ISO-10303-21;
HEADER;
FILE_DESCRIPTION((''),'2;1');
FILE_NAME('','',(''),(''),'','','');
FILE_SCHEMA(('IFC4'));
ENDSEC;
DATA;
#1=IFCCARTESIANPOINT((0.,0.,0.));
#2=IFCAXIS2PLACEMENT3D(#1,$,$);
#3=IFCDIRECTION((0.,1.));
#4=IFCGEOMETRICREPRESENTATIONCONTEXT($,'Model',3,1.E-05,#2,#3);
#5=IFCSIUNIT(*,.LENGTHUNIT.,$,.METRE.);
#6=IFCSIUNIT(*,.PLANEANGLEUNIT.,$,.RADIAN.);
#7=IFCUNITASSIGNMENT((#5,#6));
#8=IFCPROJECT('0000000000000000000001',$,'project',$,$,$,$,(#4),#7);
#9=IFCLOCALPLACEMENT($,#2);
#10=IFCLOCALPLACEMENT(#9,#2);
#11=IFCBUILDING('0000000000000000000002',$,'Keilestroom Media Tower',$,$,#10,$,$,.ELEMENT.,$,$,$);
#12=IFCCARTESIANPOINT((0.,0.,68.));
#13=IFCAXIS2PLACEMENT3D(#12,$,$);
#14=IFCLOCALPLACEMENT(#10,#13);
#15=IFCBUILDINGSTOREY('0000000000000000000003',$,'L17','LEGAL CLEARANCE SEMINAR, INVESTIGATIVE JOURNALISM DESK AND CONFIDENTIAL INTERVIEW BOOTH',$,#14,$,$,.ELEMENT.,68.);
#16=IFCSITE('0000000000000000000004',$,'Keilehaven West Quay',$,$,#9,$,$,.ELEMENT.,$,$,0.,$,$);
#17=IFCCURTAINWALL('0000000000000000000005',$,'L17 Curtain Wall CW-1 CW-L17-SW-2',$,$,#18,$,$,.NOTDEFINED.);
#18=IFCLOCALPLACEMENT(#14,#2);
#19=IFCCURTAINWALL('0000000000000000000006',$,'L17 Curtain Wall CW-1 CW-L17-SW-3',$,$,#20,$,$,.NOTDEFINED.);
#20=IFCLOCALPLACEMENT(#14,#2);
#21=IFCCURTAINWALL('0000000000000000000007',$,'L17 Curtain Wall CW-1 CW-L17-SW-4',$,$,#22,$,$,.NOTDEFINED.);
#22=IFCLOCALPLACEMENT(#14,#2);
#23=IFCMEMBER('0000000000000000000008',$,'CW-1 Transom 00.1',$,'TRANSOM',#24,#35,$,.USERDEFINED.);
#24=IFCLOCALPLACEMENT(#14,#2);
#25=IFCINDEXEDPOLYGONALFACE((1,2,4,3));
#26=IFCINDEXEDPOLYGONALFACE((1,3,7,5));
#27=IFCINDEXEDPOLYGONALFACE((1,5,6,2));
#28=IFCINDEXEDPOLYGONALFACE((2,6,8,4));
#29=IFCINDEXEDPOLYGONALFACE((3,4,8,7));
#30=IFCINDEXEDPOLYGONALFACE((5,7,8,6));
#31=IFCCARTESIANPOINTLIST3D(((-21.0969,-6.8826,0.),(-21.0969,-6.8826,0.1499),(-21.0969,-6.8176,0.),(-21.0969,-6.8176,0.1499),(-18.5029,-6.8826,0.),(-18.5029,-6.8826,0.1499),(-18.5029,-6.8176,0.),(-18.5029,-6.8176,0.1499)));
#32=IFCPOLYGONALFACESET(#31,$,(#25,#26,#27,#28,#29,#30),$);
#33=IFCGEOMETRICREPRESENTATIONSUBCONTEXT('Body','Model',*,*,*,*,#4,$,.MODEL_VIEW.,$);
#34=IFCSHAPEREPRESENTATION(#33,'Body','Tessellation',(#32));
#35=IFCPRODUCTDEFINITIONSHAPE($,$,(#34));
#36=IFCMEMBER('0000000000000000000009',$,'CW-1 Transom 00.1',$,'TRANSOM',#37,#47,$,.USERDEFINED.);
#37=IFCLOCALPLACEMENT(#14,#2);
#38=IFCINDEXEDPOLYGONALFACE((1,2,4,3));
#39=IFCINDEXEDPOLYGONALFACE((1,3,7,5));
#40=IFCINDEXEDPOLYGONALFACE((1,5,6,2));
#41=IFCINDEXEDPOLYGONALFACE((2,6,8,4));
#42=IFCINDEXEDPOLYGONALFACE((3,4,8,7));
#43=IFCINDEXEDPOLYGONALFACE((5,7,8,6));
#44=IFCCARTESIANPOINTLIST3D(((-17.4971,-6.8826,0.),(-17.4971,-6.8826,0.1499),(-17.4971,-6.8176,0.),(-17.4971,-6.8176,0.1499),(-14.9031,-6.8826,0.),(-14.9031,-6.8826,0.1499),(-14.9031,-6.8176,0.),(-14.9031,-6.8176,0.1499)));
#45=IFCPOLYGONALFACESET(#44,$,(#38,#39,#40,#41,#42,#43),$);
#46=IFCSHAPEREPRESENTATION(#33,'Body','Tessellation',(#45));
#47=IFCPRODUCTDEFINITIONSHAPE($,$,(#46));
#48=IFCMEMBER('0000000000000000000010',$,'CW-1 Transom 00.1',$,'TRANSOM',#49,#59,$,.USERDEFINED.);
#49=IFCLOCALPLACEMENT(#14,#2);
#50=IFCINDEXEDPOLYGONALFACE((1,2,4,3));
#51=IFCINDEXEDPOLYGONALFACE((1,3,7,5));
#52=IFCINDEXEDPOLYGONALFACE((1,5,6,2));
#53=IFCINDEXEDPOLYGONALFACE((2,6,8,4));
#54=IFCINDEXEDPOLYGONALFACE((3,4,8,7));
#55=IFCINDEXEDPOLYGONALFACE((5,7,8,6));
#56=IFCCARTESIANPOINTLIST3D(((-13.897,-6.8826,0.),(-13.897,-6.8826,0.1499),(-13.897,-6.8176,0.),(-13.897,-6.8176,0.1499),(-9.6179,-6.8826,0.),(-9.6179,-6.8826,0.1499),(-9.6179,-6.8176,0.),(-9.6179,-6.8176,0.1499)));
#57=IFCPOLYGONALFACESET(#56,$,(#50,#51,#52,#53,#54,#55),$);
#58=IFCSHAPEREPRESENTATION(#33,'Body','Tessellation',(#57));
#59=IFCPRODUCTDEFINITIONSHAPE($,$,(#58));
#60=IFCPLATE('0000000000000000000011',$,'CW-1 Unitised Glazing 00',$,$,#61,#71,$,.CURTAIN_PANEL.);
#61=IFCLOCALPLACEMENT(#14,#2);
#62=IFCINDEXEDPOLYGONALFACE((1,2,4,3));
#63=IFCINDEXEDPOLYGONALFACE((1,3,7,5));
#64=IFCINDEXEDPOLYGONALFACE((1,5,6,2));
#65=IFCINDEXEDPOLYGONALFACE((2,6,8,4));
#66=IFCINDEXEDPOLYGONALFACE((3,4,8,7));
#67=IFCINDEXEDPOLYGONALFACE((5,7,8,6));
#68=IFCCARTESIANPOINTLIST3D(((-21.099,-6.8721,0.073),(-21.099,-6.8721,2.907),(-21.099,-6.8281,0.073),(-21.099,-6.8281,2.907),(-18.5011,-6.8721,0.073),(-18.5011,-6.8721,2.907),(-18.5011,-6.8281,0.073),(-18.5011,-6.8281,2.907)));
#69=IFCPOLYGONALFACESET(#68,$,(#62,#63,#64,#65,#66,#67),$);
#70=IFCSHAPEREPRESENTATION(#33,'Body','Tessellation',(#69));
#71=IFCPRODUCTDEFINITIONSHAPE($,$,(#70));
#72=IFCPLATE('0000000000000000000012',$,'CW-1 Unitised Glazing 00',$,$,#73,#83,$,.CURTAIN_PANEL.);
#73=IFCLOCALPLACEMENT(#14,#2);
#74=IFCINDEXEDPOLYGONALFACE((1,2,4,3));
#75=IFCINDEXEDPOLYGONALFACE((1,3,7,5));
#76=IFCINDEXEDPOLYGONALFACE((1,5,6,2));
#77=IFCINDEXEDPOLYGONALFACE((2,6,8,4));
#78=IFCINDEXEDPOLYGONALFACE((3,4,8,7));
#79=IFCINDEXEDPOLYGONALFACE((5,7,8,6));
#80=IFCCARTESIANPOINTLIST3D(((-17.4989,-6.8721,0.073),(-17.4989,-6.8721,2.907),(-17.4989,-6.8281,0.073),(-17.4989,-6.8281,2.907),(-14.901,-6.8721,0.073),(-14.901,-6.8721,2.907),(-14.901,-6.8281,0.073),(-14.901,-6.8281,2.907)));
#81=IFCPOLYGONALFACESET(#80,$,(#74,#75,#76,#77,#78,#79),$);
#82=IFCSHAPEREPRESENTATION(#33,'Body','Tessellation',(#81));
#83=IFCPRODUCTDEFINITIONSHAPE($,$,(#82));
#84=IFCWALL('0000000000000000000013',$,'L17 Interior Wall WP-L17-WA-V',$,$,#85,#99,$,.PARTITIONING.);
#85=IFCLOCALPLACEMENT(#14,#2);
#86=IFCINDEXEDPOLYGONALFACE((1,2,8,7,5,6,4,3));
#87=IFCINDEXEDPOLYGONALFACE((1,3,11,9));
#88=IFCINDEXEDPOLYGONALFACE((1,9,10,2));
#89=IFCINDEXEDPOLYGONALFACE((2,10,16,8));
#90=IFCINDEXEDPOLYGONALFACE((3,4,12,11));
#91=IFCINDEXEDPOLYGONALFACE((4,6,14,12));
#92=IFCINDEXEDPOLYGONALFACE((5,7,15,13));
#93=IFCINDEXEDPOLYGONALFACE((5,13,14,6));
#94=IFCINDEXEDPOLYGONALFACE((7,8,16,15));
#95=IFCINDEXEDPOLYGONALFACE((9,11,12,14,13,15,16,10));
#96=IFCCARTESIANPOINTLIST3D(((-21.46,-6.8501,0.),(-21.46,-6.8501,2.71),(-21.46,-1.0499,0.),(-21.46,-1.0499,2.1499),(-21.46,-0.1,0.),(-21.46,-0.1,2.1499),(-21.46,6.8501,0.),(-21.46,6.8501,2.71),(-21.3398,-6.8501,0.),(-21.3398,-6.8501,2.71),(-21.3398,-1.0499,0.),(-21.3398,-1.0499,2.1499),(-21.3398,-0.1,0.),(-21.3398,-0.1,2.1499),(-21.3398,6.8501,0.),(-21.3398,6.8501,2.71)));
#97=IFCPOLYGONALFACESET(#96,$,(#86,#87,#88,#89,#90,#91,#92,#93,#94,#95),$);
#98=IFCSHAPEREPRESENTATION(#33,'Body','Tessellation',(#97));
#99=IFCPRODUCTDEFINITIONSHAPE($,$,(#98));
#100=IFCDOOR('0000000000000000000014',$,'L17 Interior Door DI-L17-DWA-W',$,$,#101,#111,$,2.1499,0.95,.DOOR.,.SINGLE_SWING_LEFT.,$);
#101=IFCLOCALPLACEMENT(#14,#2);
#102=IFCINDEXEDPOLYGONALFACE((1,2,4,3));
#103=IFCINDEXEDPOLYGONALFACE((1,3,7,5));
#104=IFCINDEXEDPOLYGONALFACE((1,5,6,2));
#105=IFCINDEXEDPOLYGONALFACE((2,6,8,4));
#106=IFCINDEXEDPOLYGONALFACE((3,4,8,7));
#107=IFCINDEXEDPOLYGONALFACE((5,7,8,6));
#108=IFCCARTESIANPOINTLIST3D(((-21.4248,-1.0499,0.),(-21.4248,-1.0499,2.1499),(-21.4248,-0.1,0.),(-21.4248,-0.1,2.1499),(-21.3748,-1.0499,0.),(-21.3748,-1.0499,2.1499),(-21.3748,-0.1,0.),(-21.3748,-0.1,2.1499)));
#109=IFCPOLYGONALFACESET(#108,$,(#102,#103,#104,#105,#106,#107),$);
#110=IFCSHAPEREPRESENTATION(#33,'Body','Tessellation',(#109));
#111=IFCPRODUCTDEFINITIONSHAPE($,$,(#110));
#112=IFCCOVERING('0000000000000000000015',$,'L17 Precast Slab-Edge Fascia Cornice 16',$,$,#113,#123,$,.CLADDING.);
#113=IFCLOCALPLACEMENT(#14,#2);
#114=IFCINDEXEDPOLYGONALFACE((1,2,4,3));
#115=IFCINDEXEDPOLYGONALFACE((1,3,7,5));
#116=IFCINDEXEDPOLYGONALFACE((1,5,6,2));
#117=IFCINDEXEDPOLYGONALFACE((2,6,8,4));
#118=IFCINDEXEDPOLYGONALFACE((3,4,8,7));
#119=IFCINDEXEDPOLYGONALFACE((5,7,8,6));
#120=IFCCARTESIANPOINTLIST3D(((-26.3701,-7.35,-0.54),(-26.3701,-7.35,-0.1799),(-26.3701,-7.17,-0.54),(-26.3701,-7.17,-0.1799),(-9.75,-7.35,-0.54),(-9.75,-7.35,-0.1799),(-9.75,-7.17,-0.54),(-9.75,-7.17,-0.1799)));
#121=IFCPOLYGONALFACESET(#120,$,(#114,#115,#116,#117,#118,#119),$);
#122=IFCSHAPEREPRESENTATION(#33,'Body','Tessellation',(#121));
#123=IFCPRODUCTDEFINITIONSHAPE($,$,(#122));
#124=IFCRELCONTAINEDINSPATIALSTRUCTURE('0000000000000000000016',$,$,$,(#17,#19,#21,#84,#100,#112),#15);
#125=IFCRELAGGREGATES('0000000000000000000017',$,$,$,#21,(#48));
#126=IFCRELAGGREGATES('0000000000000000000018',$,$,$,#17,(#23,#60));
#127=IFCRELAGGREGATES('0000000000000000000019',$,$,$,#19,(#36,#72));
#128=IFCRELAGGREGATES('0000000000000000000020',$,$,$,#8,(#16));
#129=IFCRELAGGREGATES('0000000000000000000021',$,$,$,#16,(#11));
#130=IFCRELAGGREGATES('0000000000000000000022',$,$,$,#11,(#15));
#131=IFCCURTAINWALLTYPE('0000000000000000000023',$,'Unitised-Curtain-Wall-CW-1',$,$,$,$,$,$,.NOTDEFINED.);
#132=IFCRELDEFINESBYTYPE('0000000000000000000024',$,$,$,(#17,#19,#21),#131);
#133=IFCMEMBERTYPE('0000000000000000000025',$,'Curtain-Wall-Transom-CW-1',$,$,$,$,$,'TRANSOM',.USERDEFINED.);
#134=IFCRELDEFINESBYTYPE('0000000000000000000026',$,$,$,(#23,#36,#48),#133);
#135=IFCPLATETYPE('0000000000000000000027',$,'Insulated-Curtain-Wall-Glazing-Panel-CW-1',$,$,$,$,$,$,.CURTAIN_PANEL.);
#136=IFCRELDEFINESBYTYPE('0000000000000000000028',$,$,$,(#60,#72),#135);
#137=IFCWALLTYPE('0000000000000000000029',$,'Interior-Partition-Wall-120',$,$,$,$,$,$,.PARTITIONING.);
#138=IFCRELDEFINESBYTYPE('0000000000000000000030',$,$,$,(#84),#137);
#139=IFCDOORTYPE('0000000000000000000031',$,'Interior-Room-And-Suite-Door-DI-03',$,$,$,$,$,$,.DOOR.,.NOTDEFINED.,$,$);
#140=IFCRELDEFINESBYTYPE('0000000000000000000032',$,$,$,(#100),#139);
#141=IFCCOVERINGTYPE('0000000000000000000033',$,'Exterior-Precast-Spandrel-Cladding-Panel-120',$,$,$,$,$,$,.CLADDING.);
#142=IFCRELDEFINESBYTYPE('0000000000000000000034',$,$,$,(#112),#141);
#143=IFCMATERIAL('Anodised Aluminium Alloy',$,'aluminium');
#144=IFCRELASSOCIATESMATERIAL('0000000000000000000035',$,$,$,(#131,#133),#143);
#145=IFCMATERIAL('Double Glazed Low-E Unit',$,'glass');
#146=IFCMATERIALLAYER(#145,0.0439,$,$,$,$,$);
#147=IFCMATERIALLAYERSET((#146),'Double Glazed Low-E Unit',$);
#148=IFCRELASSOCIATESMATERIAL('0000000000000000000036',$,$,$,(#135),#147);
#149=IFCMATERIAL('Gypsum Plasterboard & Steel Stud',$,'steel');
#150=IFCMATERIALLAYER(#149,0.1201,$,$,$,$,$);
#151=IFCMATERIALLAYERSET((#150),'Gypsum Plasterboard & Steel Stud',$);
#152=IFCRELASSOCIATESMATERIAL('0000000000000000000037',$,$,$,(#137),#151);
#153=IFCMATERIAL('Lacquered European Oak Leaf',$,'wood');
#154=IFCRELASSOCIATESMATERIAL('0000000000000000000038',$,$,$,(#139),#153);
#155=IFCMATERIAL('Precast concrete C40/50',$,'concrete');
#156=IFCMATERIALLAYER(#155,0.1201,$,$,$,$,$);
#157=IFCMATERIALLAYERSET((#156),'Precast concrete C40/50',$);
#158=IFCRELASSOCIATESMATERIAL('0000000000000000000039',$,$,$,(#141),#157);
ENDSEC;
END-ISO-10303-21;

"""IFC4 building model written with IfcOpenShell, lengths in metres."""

from ifc_helpers import new_model, si_unit, direction, frame, frame_2d, origin, origin_2d, place, context, subcontext, project, spatial, rectangle, extrude, source, transform, mapped, material, layer, layer_set, material_profile, profile_set, type_object, element, fill, aggregate, save


model = new_model("IFC4")

# Units and contexts
model_context = context("Model", 3, precision=1e-05, world=origin(), true_north=direction((0.0, 1.0)))
body_context = subcontext(model_context, "Body", "Model", "MODEL_VIEW")
ifc_project = project(units=[si_unit("LENGTHUNIT", "METRE"), si_unit("PLANEANGLEUNIT", "RADIAN")], contexts=[model_context])

# Site, building, storey
site_placement = place(None, origin())
site = spatial("IfcSite", under=ifc_project, at=site_placement, Name="Keilehaven West Quay", CompositionType="ELEMENT", RefElevation=0.0)
building_placement = place(site_placement, origin())
building = spatial("IfcBuilding", under=site, at=building_placement, Name="Keilestroom Media Tower", CompositionType="ELEMENT")
storey_placement = place(building_placement, frame((0.0, 0.0, 68.0)))
storey = spatial("IfcBuildingStorey", under=building, at=storey_placement, Name="L17", Description="LEGAL CLEARANCE SEMINAR, INVESTIGATIVE JOURNALISM DESK AND CONFIDENTIAL INTERVIEW BOOTH", CompositionType="ELEMENT", Elevation=68.0)

# Shared definitions
ifc_material_1 = material(Name="Precast concrete C40/50", Category="concrete")

# Curtain walls
ifc_material_2 = material(Name="Anodised Aluminium Alloy", Category="aluminium")
curtain_wall_type = type_object("IfcCurtainWallType", Name="Unitised-Curtain-Wall-CW-1", PredefinedType="NOTDEFINED", material=ifc_material_2)
curtain_wall_1_placement = place(storey_placement, origin())
curtain_wall_1 = element("IfcCurtainWall", 1, at=curtain_wall_1_placement, inside=storey, type_object=curtain_wall_type, Name="L17 Curtain Wall CW-1 CW-L17-SW-2", PredefinedType="NOTDEFINED")
curtain_wall_2_placement = place(storey_placement, origin())
curtain_wall_2 = element("IfcCurtainWall", 2, at=curtain_wall_2_placement, inside=storey, type_object=curtain_wall_type, Name="L17 Curtain Wall CW-1 CW-L17-SW-3", PredefinedType="NOTDEFINED")

# Curtain wall
curtain_wall_3_placement = place(storey_placement, origin())
curtain_wall_3 = element("IfcCurtainWall", 3, at=curtain_wall_3_placement, inside=storey, type_object=curtain_wall_type, Name="L17 Curtain Wall CW-1 CW-L17-SW-4", PredefinedType="NOTDEFINED")

# Members
ifc_material_profile_1 = material_profile(ifc_material_2, rectangle(XDim=0.0649, YDim=0.1499, at=origin_2d()), Name="ALU TRANSOM 65x150")
ifc_profile_set_1 = profile_set([ifc_material_profile_1], Name="Anodised Aluminium Alloy")
member_type_1 = type_object("IfcMemberType", Name="Curtain-Wall-Transom-CW-1", ElementType="TRANSOM", PredefinedType="USERDEFINED", material=ifc_profile_set_1)
shared_shape_1 = source(origin(), body_context, "Body", "SweptSolid", [
    extrude(rectangle(XDim=0.0649, YDim=0.1499, at=origin_2d()), origin(), (0.0, 0.0, 1.0), 2.594),
])
member_1_placement = place(storey_placement, frame((-21.0969, -6.8501, 0.075), z_axis=(1.0, 0.0, 0.0), x_axis=(0.0, 1.0, 0.0)))
member_1 = element("IfcMember", 4, at=member_1_placement, type_object=member_type_1, Name="CW-1 Transom 00.1", ObjectType="TRANSOM", PredefinedType="USERDEFINED", context=body_context, shape_type="MappedRepresentation", body=[
    mapped(shared_shape_1, transform((0.0, 0.0, 0.0), x_axis=(1.0, 0.0, 0.0), y_axis=(0.0, 1.0, 0.0), z_axis=(0.0, 0.0, 1.0), scale=1.0)),
])
member_2_placement = place(storey_placement, frame((-17.4971, -6.8501, 0.075), z_axis=(1.0, 0.0, 0.0), x_axis=(0.0, 1.0, 0.0)))
member_2 = element("IfcMember", 5, at=member_2_placement, type_object=member_type_1, Name="CW-1 Transom 00.1", ObjectType="TRANSOM", PredefinedType="USERDEFINED", context=body_context, shape_type="MappedRepresentation", body=[
    mapped(shared_shape_1, transform((0.0, 0.0, 0.0), x_axis=(1.0, 0.0, 0.0), y_axis=(0.0, 1.0, 0.0), z_axis=(0.0, 0.0, 1.0), scale=1.0)),
])
shared_shape_2 = source(origin(), body_context, "Body", "SweptSolid", [
    extrude(rectangle(XDim=0.0649, YDim=0.1499, at=origin_2d()), origin(), (0.0, 0.0, 1.0), 4.2791),
])
member_3_placement = place(storey_placement, frame((-13.897, -6.8501, 0.075), z_axis=(1.0, 0.0, 0.0), x_axis=(0.0, 1.0, 0.0)))
member_3 = element("IfcMember", 6, at=member_3_placement, type_object=member_type_1, Name="CW-1 Transom 00.1", ObjectType="TRANSOM", PredefinedType="USERDEFINED", context=body_context, shape_type="MappedRepresentation", body=[
    mapped(shared_shape_2, transform((0.0, 0.0, 0.0), x_axis=(1.0, 0.0, 0.0), y_axis=(0.0, 1.0, 0.0), z_axis=(0.0, 0.0, 1.0), scale=1.0)),
])
aggregate(curtain_wall_3, [member_3])

# Plates
ifc_material_3 = material(Name="Double Glazed Low-E Unit", Category="glass")
ifc_layer_1 = layer(ifc_material_3, 0.0439)
ifc_layer_set_1 = layer_set([ifc_layer_1], Name="Double Glazed Low-E Unit")
plate_type = type_object("IfcPlateType", Name="Insulated-Curtain-Wall-Glazing-Panel-CW-1", PredefinedType="CURTAIN_PANEL", material=ifc_layer_set_1)
shared_shape_3 = source(origin(), body_context, "Body", "SweptSolid", [
    extrude(rectangle(XDim=2.5979, YDim=0.0439, at=origin_2d()), origin(), (0.0, 0.0, 1.0), 2.834),
])
plate_1_placement = place(storey_placement, frame((-19.8, -6.8501, 0.073), z_axis=(0.0, 0.0, 1.0), x_axis=(1.0, 0.0, 0.0)))
plate_1 = element("IfcPlate", 7, at=plate_1_placement, type_object=plate_type, Name="CW-1 Unitised Glazing 00", PredefinedType="CURTAIN_PANEL", context=body_context, shape_type="MappedRepresentation", body=[
    mapped(shared_shape_3, transform((0.0, 0.0, 0.0), x_axis=(1.0, 0.0, 0.0), y_axis=(0.0, 1.0, 0.0), z_axis=(0.0, 0.0, 1.0), scale=1.0)),
])
aggregate(curtain_wall_1, [member_1, plate_1])
plate_2_placement = place(storey_placement, frame((-16.2, -6.8501, 0.073), z_axis=(0.0, 0.0, 1.0), x_axis=(1.0, 0.0, 0.0)))
plate_2 = element("IfcPlate", 8, at=plate_2_placement, type_object=plate_type, Name="CW-1 Unitised Glazing 00", PredefinedType="CURTAIN_PANEL", context=body_context, shape_type="MappedRepresentation", body=[
    mapped(shared_shape_3, transform((0.0, 0.0, 0.0), x_axis=(1.0, 0.0, 0.0), y_axis=(0.0, 1.0, 0.0), z_axis=(0.0, 0.0, 1.0), scale=1.0)),
])
aggregate(curtain_wall_2, [member_2, plate_2])

# Wall, opening, door
ifc_material_4 = material(Name="Gypsum Plasterboard & Steel Stud", Category="steel")
ifc_layer_2 = layer(ifc_material_4, 0.1201)
ifc_layer_set_2 = layer_set([ifc_layer_2], Name="Gypsum Plasterboard & Steel Stud")
wall_type = type_object("IfcWallType", Name="Interior-Partition-Wall-120", PredefinedType="PARTITIONING", material=ifc_layer_set_2)
wall_placement = place(storey_placement, frame((-21.3999, -6.8501, 0.0), z_axis=(0.0, 0.0, 1.0), x_axis=(0.0, 1.0, 0.0)))
wall = element("IfcWall", 9, at=wall_placement, inside=storey, type_object=wall_type, Name="L17 Interior Wall WP-L17-WA-V", PredefinedType="PARTITIONING", context=body_context, shape_type="SweptSolid", body=[
    extrude(rectangle(XDim=13.7002, YDim=0.1201, at=frame_2d((6.8501, 0.0))), origin(), (0.0, 0.0, 1.0), 2.71),
])
opening_placement = place(wall_placement, frame((5.8, 0.0, 0.0)))
opening = element("IfcOpeningElement", 10, at=opening_placement, cuts=wall, PredefinedType="OPENING", context=body_context, shape_type="SweptSolid", body=[
    extrude(rectangle(XDim=0.95, YDim=2.1499, at=frame_2d((0.4751, 1.075))), frame((0.0, 0.0701, 0.0), z_axis=(0.0, -1.0, 0.0), x_axis=(1.0, 0.0, 0.0)), (0.0, 0.0, 1.0), 0.1401),
])
ifc_material_5 = material(Name="Lacquered European Oak Leaf", Category="wood")
door_type = type_object("IfcDoorType", Name="Interior-Room-And-Suite-Door-DI-03", OperationType="NOTDEFINED", PredefinedType="DOOR", material=ifc_material_5)
shared_shape_4 = source(origin(), body_context, "Body", "SweptSolid", [
    extrude(rectangle(XDim=0.95, YDim=2.1499, at=frame_2d((0.4751, 1.075))), frame((0.0, 0.0249, 0.0), z_axis=(0.0, -1.0, 0.0), x_axis=(1.0, 0.0, 0.0)), (0.0, 0.0, 1.0), 0.05),
])
door_placement = place(opening_placement, origin())
door = element("IfcDoor", 11, at=door_placement, inside=storey, type_object=door_type, Name="L17 Interior Door DI-L17-DWA-W", OperationType="SINGLE_SWING_LEFT", OverallHeight=2.1499, OverallWidth=0.95, PredefinedType="DOOR", context=body_context, shape_type="MappedRepresentation", body=[
    mapped(shared_shape_4, transform((0.0, 0.0, 0.0), x_axis=(1.0, 0.0, 0.0), y_axis=(0.0, 1.0, 0.0), z_axis=(0.0, 0.0, 1.0), scale=1.0)),
])
fill(opening, door)

# Covering
ifc_layer_3 = layer(ifc_material_1, 0.1201)
ifc_layer_set_3 = layer_set([ifc_layer_3], Name="Precast concrete C40/50")
covering_type = type_object("IfcCoveringType", Name="Exterior-Precast-Spandrel-Cladding-Panel-120", PredefinedType="CLADDING", material=ifc_layer_set_3)
shared_shape_5 = source(origin(), body_context, "Body", "SweptSolid", [
    extrude(rectangle(XDim=16.6201, YDim=0.1799, at=origin_2d()), origin(), (0.0, 0.0, 1.0), 0.3601),
])
covering_placement = place(storey_placement, frame((-18.0601, -7.26, -0.54), z_axis=(0.0, 0.0, 1.0), x_axis=(-1.0, 0.0, 0.0)))
element("IfcCovering", 12, at=covering_placement, inside=storey, type_object=covering_type, Name="L17 Precast Slab-Edge Fascia Cornice 16", PredefinedType="CLADDING", context=body_context, shape_type="MappedRepresentation", body=[
    mapped(shared_shape_5, transform((0.0, 0.0, 0.0), x_axis=(1.0, 0.0, 0.0), y_axis=(0.0, 1.0, 0.0), z_axis=(0.0, 0.0, 1.0), scale=1.0)),
])

save(model, "model.ifc")
